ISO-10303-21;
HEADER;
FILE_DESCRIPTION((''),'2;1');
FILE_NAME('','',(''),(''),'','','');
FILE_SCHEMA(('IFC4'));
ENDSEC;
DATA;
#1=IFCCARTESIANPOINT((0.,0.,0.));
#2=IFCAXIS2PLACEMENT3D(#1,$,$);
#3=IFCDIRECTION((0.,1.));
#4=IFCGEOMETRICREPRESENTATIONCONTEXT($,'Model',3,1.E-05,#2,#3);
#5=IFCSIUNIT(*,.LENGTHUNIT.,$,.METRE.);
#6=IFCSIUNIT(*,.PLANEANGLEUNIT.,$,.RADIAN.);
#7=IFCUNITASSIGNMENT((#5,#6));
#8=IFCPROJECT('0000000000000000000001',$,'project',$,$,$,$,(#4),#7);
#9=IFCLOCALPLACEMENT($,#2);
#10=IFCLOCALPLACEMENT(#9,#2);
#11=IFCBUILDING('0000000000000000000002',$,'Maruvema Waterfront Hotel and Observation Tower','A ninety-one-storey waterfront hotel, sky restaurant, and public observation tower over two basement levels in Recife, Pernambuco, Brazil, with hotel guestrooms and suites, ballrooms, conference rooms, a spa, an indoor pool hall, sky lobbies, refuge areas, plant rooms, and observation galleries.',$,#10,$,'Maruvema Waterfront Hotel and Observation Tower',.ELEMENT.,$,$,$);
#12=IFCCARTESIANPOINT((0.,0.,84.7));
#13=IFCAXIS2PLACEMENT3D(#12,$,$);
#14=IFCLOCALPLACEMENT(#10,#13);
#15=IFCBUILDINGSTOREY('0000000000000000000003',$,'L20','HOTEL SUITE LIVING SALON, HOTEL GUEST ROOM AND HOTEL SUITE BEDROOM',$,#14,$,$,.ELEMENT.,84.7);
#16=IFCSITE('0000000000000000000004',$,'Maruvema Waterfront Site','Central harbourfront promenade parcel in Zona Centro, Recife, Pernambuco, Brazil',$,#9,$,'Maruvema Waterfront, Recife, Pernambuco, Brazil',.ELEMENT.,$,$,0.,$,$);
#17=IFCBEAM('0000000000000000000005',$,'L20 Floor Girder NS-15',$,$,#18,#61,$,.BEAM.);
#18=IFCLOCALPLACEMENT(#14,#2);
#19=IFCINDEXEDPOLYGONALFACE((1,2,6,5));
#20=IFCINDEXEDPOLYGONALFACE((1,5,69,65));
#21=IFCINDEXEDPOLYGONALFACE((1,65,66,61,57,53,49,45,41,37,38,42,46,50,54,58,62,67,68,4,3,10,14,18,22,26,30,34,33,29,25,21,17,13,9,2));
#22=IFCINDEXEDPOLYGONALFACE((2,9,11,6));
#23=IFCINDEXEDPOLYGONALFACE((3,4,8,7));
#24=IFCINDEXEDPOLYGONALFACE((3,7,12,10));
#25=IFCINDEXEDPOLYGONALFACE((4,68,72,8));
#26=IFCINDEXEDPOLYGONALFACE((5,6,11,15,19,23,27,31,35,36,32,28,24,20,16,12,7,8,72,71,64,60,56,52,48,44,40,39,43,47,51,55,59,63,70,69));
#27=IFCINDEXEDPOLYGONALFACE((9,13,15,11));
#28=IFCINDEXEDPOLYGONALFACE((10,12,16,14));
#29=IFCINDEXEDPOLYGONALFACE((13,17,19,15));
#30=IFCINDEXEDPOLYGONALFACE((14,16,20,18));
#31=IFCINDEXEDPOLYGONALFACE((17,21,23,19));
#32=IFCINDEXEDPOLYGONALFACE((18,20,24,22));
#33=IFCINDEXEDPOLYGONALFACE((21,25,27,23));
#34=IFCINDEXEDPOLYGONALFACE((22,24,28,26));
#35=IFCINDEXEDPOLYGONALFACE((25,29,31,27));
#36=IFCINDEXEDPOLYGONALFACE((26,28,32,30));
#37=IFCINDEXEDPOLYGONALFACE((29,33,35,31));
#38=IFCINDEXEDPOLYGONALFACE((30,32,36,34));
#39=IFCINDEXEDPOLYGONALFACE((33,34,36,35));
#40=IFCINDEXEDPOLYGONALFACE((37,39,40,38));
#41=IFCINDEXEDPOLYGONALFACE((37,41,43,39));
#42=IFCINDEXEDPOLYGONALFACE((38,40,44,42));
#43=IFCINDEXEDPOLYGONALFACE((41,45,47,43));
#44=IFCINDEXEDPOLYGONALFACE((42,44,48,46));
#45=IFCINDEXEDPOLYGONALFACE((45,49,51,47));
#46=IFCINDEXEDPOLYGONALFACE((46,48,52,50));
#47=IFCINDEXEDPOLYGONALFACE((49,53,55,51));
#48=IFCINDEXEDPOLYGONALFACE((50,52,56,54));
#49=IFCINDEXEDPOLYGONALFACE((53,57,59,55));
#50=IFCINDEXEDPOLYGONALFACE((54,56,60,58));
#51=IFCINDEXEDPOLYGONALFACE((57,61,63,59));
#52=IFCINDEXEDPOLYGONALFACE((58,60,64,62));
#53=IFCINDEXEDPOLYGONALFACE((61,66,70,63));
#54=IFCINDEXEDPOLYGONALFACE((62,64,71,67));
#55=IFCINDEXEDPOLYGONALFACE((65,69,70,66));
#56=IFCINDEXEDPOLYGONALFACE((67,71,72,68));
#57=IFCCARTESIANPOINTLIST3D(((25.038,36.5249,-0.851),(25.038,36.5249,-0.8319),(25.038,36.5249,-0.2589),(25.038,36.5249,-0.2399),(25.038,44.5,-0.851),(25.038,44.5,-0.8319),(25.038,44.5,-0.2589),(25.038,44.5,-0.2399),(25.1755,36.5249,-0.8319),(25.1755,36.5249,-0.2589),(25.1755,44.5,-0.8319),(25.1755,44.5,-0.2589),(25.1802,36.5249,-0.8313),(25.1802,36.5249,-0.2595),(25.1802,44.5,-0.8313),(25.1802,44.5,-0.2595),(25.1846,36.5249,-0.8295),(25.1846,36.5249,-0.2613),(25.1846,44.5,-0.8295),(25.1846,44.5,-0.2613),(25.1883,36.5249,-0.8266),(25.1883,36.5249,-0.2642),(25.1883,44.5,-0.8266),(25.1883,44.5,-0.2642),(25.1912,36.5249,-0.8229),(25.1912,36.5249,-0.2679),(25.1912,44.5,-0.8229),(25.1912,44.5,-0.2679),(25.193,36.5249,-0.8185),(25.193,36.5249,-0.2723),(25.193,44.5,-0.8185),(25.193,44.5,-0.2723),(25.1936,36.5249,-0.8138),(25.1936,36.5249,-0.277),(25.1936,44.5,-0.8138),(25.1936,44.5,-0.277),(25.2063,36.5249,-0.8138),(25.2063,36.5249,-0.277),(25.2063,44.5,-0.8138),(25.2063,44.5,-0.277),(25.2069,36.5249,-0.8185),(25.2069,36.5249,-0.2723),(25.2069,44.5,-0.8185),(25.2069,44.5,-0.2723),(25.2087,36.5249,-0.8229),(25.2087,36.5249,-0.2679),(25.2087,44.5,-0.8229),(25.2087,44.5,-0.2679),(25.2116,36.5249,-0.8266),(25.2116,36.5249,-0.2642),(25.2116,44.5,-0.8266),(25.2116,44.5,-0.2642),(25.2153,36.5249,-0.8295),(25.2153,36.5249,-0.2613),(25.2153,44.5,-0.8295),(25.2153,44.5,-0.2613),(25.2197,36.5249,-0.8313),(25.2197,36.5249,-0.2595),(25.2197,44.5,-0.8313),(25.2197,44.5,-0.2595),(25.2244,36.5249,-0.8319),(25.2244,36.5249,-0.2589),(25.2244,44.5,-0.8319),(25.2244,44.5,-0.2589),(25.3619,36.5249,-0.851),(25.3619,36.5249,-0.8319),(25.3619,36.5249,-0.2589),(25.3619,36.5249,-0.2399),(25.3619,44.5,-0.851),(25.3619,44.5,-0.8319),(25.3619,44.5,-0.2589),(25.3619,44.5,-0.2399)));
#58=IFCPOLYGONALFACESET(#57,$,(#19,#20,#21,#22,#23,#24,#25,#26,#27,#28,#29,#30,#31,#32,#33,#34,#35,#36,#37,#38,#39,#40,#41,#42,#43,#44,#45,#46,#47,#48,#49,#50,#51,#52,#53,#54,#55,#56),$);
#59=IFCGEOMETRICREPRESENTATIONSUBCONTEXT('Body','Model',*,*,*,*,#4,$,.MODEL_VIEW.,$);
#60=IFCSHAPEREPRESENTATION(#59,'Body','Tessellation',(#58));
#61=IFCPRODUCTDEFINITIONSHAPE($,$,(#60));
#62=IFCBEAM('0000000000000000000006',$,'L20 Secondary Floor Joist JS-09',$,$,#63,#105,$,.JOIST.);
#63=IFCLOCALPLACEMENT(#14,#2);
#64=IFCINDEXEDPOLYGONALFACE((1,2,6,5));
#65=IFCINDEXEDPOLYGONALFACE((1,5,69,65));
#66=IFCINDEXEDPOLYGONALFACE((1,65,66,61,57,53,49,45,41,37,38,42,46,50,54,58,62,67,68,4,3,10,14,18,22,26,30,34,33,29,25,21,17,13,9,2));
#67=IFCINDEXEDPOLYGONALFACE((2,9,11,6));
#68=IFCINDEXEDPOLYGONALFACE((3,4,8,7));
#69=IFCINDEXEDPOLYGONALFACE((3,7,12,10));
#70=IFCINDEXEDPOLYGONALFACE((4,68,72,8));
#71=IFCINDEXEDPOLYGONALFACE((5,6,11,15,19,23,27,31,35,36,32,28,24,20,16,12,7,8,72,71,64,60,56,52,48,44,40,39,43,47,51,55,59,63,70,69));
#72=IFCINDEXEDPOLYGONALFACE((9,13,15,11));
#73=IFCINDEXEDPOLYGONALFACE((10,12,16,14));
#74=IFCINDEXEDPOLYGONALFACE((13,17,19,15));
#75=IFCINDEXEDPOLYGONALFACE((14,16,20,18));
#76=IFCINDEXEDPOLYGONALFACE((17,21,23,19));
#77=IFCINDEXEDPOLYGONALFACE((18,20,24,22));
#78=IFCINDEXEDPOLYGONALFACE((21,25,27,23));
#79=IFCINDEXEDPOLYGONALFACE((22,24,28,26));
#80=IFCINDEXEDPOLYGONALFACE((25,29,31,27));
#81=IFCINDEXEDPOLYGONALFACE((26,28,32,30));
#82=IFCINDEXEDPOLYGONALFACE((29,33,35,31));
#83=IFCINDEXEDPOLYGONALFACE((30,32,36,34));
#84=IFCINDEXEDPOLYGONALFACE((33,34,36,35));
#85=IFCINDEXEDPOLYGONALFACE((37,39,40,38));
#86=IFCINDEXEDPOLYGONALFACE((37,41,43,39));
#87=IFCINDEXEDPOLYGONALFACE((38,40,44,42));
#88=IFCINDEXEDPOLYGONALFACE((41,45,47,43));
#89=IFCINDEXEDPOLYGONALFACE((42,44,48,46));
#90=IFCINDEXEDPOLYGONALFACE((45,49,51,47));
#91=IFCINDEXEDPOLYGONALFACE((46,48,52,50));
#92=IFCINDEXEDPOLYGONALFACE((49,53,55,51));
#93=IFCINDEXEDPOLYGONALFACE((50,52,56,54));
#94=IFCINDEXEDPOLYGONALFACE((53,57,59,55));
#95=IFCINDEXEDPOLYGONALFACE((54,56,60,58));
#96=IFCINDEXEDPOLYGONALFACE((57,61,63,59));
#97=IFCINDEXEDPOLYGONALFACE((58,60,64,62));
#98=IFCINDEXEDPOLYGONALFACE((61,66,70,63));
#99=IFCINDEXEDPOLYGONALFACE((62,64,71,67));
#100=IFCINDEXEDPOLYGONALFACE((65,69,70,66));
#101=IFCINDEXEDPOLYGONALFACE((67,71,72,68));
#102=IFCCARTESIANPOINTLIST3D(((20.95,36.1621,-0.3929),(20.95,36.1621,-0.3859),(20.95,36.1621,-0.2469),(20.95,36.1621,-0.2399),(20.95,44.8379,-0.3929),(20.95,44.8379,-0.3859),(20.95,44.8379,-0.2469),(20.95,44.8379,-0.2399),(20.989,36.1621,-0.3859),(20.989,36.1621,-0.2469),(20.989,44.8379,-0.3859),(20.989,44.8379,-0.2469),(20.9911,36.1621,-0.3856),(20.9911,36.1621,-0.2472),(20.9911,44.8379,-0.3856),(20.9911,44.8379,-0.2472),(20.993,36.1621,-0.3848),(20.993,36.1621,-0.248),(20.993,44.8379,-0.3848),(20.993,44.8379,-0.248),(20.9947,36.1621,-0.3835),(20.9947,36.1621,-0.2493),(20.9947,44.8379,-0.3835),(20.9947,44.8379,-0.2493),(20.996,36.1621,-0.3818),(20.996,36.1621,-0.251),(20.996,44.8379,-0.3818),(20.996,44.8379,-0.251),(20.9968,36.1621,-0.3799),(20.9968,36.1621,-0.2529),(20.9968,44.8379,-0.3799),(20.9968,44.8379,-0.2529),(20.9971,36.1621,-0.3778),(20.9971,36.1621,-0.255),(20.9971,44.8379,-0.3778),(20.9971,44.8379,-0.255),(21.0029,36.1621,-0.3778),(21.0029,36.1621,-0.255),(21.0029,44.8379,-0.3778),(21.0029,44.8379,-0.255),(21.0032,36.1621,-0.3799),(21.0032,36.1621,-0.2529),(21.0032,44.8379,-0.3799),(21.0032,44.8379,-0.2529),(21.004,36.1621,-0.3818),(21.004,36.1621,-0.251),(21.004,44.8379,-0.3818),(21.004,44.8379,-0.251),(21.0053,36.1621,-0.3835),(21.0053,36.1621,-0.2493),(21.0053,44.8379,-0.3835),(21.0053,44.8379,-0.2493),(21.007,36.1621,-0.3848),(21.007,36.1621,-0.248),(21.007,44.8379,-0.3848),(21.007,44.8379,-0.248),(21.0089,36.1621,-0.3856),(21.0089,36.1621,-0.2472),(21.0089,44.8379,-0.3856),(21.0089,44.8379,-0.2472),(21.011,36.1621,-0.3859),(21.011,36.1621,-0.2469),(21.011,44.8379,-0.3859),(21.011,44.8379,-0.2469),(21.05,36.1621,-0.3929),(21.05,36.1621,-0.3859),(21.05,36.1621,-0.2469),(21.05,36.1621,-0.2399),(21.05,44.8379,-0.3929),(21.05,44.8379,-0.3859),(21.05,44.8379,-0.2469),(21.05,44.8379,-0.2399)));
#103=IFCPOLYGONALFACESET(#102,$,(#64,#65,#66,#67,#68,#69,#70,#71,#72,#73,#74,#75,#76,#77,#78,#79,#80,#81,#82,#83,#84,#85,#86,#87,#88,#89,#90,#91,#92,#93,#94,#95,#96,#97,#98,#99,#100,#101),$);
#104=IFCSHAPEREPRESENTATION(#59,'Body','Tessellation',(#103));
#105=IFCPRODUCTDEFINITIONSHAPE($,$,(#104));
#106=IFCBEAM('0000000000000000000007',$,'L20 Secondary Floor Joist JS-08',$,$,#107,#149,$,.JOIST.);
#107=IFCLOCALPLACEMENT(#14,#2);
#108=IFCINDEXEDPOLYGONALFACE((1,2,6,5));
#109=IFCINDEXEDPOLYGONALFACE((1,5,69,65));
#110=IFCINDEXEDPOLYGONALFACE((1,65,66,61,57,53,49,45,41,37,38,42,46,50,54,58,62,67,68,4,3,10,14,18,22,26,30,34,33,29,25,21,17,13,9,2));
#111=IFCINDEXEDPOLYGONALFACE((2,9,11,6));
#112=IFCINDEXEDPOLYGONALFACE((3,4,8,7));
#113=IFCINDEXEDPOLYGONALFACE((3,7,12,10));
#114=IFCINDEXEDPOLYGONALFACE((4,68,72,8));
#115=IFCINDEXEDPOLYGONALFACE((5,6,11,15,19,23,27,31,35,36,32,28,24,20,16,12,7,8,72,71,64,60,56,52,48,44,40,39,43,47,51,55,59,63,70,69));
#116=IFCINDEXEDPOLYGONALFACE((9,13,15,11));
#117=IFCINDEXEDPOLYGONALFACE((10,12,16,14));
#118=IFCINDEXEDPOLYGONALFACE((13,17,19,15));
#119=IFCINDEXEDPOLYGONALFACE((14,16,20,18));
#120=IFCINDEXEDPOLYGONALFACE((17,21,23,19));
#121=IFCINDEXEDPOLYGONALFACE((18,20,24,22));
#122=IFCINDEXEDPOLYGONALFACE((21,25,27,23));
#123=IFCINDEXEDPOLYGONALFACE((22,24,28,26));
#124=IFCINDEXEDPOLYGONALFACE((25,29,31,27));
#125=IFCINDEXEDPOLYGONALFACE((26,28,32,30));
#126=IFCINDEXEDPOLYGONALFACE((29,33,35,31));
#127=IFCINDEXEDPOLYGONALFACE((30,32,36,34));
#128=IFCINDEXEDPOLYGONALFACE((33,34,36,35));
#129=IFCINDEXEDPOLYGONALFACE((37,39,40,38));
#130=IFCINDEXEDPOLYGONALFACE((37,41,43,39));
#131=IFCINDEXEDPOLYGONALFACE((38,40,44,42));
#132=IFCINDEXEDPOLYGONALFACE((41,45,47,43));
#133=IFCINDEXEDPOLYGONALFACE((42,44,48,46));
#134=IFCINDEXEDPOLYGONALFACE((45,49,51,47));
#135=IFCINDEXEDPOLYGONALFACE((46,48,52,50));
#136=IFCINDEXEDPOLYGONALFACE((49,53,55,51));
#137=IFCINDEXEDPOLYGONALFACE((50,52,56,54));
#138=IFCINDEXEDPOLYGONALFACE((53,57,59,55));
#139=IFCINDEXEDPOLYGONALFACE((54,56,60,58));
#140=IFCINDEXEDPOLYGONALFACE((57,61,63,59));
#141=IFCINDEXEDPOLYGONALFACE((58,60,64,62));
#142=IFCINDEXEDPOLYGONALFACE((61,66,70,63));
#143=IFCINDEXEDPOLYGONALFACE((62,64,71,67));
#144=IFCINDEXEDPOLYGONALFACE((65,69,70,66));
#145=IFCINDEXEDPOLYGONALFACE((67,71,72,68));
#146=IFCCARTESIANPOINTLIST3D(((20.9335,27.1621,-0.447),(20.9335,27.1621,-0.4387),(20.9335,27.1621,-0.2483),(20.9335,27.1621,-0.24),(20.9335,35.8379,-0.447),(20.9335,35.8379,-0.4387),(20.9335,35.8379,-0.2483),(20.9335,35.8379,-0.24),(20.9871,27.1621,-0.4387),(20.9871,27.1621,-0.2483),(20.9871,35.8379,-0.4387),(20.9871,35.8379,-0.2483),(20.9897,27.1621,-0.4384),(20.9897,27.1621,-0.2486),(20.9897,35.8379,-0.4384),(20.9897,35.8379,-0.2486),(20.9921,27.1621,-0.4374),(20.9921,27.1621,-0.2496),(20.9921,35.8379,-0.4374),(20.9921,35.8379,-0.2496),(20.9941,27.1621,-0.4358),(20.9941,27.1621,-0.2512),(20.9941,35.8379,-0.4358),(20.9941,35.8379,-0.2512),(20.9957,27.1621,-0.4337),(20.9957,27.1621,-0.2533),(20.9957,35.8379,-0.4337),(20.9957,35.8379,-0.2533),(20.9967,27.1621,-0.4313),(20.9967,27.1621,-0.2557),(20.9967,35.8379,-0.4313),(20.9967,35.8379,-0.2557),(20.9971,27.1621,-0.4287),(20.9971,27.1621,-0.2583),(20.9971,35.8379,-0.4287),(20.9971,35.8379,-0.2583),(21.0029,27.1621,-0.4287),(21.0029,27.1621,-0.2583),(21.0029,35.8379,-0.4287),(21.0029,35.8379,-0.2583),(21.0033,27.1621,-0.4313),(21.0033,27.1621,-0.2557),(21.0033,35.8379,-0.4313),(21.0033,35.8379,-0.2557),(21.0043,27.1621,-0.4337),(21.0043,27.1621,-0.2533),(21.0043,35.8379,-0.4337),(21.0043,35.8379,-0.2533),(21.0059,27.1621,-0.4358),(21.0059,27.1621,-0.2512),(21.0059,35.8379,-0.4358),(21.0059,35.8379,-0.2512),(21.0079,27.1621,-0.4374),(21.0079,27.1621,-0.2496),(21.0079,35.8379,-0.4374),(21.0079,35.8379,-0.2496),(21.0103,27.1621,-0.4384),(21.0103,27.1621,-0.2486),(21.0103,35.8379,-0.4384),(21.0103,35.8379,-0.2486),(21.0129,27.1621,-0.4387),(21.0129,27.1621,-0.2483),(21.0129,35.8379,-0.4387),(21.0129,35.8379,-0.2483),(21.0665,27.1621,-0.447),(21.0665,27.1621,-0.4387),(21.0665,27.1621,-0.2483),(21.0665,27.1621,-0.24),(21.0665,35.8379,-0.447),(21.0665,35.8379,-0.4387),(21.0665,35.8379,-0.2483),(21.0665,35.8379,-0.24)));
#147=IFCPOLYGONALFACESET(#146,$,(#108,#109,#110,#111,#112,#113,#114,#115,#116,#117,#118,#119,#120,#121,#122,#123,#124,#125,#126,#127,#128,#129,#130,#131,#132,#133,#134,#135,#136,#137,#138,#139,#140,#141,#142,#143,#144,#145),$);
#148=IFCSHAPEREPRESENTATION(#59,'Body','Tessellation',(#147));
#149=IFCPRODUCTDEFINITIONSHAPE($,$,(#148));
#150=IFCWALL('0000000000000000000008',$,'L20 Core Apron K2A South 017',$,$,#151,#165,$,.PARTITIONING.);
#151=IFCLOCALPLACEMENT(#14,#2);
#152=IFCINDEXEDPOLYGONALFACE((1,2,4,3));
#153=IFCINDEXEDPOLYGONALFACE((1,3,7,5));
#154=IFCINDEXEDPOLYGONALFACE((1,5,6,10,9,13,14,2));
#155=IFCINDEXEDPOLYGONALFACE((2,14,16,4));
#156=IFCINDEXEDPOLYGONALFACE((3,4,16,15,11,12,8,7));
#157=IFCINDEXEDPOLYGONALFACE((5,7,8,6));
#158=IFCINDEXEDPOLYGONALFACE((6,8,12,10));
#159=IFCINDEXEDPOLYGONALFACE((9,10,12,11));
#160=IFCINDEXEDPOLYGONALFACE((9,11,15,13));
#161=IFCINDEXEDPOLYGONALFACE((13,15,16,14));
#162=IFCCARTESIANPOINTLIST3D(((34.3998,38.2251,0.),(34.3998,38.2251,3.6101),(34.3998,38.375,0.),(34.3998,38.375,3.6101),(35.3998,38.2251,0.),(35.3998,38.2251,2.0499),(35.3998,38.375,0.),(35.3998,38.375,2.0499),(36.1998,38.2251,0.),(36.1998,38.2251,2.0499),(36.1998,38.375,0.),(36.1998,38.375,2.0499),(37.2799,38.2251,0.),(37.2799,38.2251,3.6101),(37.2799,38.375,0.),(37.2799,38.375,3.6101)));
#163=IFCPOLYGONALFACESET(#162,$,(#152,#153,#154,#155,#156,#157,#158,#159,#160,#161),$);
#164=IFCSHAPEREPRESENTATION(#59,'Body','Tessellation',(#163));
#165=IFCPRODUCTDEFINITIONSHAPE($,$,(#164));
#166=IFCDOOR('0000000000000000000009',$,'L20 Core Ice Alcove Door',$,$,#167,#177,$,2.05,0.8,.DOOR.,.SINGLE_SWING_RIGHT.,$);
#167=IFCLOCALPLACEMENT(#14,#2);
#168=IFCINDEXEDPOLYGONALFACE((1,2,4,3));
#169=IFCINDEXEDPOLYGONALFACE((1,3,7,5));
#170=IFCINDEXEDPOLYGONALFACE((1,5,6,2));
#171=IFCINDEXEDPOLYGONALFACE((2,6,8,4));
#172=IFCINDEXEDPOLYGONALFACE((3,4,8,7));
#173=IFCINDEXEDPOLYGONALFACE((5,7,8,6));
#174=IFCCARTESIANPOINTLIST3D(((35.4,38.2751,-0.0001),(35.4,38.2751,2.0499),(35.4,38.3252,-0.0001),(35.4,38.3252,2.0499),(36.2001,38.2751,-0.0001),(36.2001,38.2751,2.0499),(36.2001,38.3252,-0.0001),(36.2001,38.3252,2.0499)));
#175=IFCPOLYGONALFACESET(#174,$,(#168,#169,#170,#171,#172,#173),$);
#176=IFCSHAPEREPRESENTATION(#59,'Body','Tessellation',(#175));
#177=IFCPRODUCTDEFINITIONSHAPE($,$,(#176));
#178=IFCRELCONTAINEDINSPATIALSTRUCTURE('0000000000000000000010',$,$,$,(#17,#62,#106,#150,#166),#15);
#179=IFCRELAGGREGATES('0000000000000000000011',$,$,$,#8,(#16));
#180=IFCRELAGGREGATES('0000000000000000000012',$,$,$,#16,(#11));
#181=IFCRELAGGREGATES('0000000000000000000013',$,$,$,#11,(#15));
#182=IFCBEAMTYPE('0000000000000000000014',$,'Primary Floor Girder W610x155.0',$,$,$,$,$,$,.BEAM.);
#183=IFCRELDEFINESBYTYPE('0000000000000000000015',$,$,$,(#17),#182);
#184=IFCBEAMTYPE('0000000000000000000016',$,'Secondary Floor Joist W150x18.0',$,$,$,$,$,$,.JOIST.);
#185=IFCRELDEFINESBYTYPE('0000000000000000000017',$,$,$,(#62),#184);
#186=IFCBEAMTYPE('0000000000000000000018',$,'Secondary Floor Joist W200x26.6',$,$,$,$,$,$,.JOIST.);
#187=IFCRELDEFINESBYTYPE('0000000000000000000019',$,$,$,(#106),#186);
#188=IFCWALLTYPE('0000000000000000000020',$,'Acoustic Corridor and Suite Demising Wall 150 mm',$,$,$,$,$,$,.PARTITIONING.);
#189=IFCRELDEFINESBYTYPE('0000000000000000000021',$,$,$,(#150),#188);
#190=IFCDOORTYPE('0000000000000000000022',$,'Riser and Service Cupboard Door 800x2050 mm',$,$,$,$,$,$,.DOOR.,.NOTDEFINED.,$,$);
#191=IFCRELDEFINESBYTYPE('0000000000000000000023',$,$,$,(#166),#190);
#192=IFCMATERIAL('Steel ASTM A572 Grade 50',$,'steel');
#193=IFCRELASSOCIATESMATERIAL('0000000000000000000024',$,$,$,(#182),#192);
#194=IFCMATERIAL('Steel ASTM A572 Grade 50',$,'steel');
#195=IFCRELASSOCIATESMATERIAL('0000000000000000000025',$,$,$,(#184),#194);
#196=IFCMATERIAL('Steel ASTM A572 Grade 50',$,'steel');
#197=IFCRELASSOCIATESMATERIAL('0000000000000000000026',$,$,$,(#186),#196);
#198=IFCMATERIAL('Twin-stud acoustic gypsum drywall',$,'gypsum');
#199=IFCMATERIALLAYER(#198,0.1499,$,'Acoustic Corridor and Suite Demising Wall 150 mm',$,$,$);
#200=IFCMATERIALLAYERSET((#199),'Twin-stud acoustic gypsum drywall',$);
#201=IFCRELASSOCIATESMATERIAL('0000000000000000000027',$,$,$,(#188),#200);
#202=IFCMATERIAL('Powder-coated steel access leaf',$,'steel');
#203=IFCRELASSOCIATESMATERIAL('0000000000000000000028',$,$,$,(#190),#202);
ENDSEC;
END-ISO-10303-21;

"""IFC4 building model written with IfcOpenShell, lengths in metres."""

from ifc_helpers import new_model, si_unit, direction, frame, frame_2d, origin, origin_2d, place, context, subcontext, project, spatial, rectangle, i_section, extrude, material, layer, layer_set, material_profile, profile_set, type_object, element, fill, save


model = new_model("IFC4")

# Units and contexts
model_context = context("Model", 3, precision=1e-05, world=origin(), true_north=direction((0.0, 1.0)))
body_context = subcontext(model_context, "Body", "Model", "MODEL_VIEW")
ifc_project = project(units=[si_unit("LENGTHUNIT", "METRE"), si_unit("PLANEANGLEUNIT", "RADIAN")], contexts=[model_context])

# Site, building, storey
site_placement = place(None, origin())
site = spatial("IfcSite", under=ifc_project, at=site_placement, Name="Maruvema Waterfront Site", Description="Central harbourfront promenade parcel in Zona Centro, Recife, Pernambuco, Brazil", LongName="Maruvema Waterfront, Recife, Pernambuco, Brazil", CompositionType="ELEMENT", RefElevation=0.0)
building_placement = place(site_placement, origin())
building = spatial("IfcBuilding", under=site, at=building_placement, Name="Maruvema Waterfront Hotel and Observation Tower", Description="A ninety-one-storey waterfront hotel, sky restaurant, and public observation tower over two basement levels in Recife, Pernambuco, Brazil, with hotel guestrooms and suites, ballrooms, conference rooms, a spa, an indoor pool hall, sky lobbies, refuge areas, plant rooms, and observation galleries.", LongName="Maruvema Waterfront Hotel and Observation Tower", CompositionType="ELEMENT")
storey_placement = place(building_placement, frame((0.0, 0.0, 84.7)))
storey = spatial("IfcBuildingStorey", under=building, at=storey_placement, Name="L20", Description="HOTEL SUITE LIVING SALON, HOTEL GUEST ROOM AND HOTEL SUITE BEDROOM", CompositionType="ELEMENT", Elevation=84.7)

# Beams
ifc_material_1 = material(Name="Steel ASTM A572 Grade 50", Category="steel")
ifc_material_profile_1 = material_profile(ifc_material_1, i_section(OverallWidth=0.324, OverallDepth=0.6111, WebThickness=0.0127, FlangeThickness=0.019, FilletRadius=0.0181, at=origin_2d()), Name="W610x155.0")
ifc_profile_set_1 = profile_set([ifc_material_profile_1], Name="Steel ASTM A572 Grade 50")
beam_type_1 = type_object("IfcBeamType", Name="Primary Floor Girder W610x155.0", PredefinedType="BEAM", material=ifc_profile_set_1)
for number, where, z_axis, x_axis, name in (
    (1, (25.2, 36.5249, -0.5454), (0.0, 1.0, 0.0), (-1.0, 0.0, 0.0), "L20 Floor Girder NS-15"),
):
    element("IfcBeam", number, at=place(storey_placement, frame(where, z_axis=z_axis, x_axis=x_axis)), inside=storey, type_object=beam_type_1, Name=name, PredefinedType="BEAM", context=body_context, shape_type="SweptSolid", body=[
        extrude(i_section(OverallWidth=0.324, OverallDepth=0.6111, WebThickness=0.0127, FlangeThickness=0.019, FilletRadius=0.0181, at=origin_2d()), origin(), (0.0, 0.0, 1.0), 7.9751),
    ])
ifc_material_2 = material(Name="Steel ASTM A572 Grade 50", Category="steel")
ifc_material_profile_2 = material_profile(ifc_material_2, i_section(OverallWidth=0.1001, OverallDepth=0.1531, WebThickness=0.0059, FlangeThickness=0.0071, FilletRadius=0.0081, at=origin_2d()), Name="W150x18.0")
ifc_profile_set_2 = profile_set([ifc_material_profile_2], Name="Steel ASTM A572 Grade 50")
beam_type_2 = type_object("IfcBeamType", Name="Secondary Floor Joist W150x18.0", PredefinedType="JOIST", material=ifc_profile_set_2)
beam_1_placement = place(storey_placement, frame((21.0, 36.1621, -0.3164), z_axis=(0.0, 1.0, 0.0), x_axis=(-1.0, 0.0, 0.0)))
element("IfcBeam", 2, at=beam_1_placement, inside=storey, type_object=beam_type_2, Name="L20 Secondary Floor Joist JS-09", PredefinedType="JOIST", context=body_context, shape_type="SweptSolid", body=[
    extrude(i_section(OverallWidth=0.1001, OverallDepth=0.1531, WebThickness=0.0059, FlangeThickness=0.0071, FilletRadius=0.0081, at=origin_2d()), origin(), (0.0, 0.0, 1.0), 8.6758),
])
ifc_material_3 = material(Name="Steel ASTM A572 Grade 50", Category="steel")
ifc_material_profile_3 = material_profile(ifc_material_3, i_section(OverallWidth=0.1331, OverallDepth=0.207, WebThickness=0.0059, FlangeThickness=0.0083, FilletRadius=0.01, at=origin_2d()), Name="W200x26.6")
ifc_profile_set_3 = profile_set([ifc_material_profile_3], Name="Steel ASTM A572 Grade 50")
beam_type_3 = type_object("IfcBeamType", Name="Secondary Floor Joist W200x26.6", PredefinedType="JOIST", material=ifc_profile_set_3)
beam_2_placement = place(storey_placement, frame((21.0, 27.1621, -0.3435), z_axis=(0.0, 1.0, 0.0), x_axis=(-1.0, 0.0, 0.0)))
element("IfcBeam", 3, at=beam_2_placement, inside=storey, type_object=beam_type_3, Name="L20 Secondary Floor Joist JS-08", PredefinedType="JOIST", context=body_context, shape_type="SweptSolid", body=[
    extrude(i_section(OverallWidth=0.1331, OverallDepth=0.207, WebThickness=0.0059, FlangeThickness=0.0083, FilletRadius=0.01, at=origin_2d()), origin(), (0.0, 0.0, 1.0), 8.6758),
])

# Wall, opening, door
ifc_material_4 = material(Name="Twin-stud acoustic gypsum drywall", Category="gypsum")
ifc_layer_1 = layer(ifc_material_4, 0.1499, Name="Acoustic Corridor and Suite Demising Wall 150 mm")
ifc_layer_set_1 = layer_set([ifc_layer_1], Name="Twin-stud acoustic gypsum drywall")
wall_type_1 = type_object("IfcWallType", Name="Acoustic Corridor and Suite Demising Wall 150 mm", PredefinedType="PARTITIONING", material=ifc_layer_set_1)
wall_1_placement = place(storey_placement, frame((34.3999, 38.3, 0.0), z_axis=(0.0, 0.0, 1.0), x_axis=(1.0, 0.0, 0.0)))
wall_1 = element("IfcWall", 4, at=wall_1_placement, inside=storey, type_object=wall_type_1, Name="L20 Core Apron K2A South 017", PredefinedType="PARTITIONING", context=body_context, shape_type="SweptSolid", body=[
    extrude(rectangle(XDim=2.8801, YDim=0.1499, at=frame_2d((1.4399, 0.0))), origin(), (0.0, 0.0, 1.0), 3.6101),
])
opening_1_placement = place(wall_1_placement, frame((1.0, 0.0, 0.0)))
opening_1 = element("IfcOpeningElement", 5, at=opening_1_placement, cuts=wall_1, PredefinedType="OPENING", context=body_context, shape_type="SweptSolid", body=[
    extrude(rectangle(XDim=0.8, YDim=2.05, at=frame_2d((0.3999, 1.0249))), frame((0.0, 0.085, 0.0), z_axis=(0.0, -1.0, 0.0), x_axis=(1.0, 0.0, 0.0)), (0.0, 0.0, 1.0), 0.1699),
])
ifc_material_5 = material(Name="Powder-coated steel access leaf", Category="steel")
door_type_1 = type_object("IfcDoorType", Name="Riser and Service Cupboard Door 800x2050 mm", OperationType="NOTDEFINED", PredefinedType="DOOR", material=ifc_material_5)
door_1_placement = place(opening_1_placement, frame((0.8, 0.0, 0.0), z_axis=(0.0, 0.0, 1.0), x_axis=(-1.0, 0.0, 0.0)))
door_1 = element("IfcDoor", 6, at=door_1_placement, inside=storey, type_object=door_type_1, Name="L20 Core Ice Alcove Door", OperationType="SINGLE_SWING_RIGHT", OverallHeight=2.05, OverallWidth=0.8, PredefinedType="DOOR", context=body_context, shape_type="SweptSolid", body=[
    extrude(rectangle(XDim=0.8, YDim=2.05, at=frame_2d((0.3999, 1.0249))), frame((0.0, 0.0249, 0.0), z_axis=(0.0, -1.0, 0.0), x_axis=(1.0, 0.0, 0.0)), (0.0, 0.0, 1.0), 0.05),
])
fill(opening_1, door_1)

save(model, "model.ifc")
